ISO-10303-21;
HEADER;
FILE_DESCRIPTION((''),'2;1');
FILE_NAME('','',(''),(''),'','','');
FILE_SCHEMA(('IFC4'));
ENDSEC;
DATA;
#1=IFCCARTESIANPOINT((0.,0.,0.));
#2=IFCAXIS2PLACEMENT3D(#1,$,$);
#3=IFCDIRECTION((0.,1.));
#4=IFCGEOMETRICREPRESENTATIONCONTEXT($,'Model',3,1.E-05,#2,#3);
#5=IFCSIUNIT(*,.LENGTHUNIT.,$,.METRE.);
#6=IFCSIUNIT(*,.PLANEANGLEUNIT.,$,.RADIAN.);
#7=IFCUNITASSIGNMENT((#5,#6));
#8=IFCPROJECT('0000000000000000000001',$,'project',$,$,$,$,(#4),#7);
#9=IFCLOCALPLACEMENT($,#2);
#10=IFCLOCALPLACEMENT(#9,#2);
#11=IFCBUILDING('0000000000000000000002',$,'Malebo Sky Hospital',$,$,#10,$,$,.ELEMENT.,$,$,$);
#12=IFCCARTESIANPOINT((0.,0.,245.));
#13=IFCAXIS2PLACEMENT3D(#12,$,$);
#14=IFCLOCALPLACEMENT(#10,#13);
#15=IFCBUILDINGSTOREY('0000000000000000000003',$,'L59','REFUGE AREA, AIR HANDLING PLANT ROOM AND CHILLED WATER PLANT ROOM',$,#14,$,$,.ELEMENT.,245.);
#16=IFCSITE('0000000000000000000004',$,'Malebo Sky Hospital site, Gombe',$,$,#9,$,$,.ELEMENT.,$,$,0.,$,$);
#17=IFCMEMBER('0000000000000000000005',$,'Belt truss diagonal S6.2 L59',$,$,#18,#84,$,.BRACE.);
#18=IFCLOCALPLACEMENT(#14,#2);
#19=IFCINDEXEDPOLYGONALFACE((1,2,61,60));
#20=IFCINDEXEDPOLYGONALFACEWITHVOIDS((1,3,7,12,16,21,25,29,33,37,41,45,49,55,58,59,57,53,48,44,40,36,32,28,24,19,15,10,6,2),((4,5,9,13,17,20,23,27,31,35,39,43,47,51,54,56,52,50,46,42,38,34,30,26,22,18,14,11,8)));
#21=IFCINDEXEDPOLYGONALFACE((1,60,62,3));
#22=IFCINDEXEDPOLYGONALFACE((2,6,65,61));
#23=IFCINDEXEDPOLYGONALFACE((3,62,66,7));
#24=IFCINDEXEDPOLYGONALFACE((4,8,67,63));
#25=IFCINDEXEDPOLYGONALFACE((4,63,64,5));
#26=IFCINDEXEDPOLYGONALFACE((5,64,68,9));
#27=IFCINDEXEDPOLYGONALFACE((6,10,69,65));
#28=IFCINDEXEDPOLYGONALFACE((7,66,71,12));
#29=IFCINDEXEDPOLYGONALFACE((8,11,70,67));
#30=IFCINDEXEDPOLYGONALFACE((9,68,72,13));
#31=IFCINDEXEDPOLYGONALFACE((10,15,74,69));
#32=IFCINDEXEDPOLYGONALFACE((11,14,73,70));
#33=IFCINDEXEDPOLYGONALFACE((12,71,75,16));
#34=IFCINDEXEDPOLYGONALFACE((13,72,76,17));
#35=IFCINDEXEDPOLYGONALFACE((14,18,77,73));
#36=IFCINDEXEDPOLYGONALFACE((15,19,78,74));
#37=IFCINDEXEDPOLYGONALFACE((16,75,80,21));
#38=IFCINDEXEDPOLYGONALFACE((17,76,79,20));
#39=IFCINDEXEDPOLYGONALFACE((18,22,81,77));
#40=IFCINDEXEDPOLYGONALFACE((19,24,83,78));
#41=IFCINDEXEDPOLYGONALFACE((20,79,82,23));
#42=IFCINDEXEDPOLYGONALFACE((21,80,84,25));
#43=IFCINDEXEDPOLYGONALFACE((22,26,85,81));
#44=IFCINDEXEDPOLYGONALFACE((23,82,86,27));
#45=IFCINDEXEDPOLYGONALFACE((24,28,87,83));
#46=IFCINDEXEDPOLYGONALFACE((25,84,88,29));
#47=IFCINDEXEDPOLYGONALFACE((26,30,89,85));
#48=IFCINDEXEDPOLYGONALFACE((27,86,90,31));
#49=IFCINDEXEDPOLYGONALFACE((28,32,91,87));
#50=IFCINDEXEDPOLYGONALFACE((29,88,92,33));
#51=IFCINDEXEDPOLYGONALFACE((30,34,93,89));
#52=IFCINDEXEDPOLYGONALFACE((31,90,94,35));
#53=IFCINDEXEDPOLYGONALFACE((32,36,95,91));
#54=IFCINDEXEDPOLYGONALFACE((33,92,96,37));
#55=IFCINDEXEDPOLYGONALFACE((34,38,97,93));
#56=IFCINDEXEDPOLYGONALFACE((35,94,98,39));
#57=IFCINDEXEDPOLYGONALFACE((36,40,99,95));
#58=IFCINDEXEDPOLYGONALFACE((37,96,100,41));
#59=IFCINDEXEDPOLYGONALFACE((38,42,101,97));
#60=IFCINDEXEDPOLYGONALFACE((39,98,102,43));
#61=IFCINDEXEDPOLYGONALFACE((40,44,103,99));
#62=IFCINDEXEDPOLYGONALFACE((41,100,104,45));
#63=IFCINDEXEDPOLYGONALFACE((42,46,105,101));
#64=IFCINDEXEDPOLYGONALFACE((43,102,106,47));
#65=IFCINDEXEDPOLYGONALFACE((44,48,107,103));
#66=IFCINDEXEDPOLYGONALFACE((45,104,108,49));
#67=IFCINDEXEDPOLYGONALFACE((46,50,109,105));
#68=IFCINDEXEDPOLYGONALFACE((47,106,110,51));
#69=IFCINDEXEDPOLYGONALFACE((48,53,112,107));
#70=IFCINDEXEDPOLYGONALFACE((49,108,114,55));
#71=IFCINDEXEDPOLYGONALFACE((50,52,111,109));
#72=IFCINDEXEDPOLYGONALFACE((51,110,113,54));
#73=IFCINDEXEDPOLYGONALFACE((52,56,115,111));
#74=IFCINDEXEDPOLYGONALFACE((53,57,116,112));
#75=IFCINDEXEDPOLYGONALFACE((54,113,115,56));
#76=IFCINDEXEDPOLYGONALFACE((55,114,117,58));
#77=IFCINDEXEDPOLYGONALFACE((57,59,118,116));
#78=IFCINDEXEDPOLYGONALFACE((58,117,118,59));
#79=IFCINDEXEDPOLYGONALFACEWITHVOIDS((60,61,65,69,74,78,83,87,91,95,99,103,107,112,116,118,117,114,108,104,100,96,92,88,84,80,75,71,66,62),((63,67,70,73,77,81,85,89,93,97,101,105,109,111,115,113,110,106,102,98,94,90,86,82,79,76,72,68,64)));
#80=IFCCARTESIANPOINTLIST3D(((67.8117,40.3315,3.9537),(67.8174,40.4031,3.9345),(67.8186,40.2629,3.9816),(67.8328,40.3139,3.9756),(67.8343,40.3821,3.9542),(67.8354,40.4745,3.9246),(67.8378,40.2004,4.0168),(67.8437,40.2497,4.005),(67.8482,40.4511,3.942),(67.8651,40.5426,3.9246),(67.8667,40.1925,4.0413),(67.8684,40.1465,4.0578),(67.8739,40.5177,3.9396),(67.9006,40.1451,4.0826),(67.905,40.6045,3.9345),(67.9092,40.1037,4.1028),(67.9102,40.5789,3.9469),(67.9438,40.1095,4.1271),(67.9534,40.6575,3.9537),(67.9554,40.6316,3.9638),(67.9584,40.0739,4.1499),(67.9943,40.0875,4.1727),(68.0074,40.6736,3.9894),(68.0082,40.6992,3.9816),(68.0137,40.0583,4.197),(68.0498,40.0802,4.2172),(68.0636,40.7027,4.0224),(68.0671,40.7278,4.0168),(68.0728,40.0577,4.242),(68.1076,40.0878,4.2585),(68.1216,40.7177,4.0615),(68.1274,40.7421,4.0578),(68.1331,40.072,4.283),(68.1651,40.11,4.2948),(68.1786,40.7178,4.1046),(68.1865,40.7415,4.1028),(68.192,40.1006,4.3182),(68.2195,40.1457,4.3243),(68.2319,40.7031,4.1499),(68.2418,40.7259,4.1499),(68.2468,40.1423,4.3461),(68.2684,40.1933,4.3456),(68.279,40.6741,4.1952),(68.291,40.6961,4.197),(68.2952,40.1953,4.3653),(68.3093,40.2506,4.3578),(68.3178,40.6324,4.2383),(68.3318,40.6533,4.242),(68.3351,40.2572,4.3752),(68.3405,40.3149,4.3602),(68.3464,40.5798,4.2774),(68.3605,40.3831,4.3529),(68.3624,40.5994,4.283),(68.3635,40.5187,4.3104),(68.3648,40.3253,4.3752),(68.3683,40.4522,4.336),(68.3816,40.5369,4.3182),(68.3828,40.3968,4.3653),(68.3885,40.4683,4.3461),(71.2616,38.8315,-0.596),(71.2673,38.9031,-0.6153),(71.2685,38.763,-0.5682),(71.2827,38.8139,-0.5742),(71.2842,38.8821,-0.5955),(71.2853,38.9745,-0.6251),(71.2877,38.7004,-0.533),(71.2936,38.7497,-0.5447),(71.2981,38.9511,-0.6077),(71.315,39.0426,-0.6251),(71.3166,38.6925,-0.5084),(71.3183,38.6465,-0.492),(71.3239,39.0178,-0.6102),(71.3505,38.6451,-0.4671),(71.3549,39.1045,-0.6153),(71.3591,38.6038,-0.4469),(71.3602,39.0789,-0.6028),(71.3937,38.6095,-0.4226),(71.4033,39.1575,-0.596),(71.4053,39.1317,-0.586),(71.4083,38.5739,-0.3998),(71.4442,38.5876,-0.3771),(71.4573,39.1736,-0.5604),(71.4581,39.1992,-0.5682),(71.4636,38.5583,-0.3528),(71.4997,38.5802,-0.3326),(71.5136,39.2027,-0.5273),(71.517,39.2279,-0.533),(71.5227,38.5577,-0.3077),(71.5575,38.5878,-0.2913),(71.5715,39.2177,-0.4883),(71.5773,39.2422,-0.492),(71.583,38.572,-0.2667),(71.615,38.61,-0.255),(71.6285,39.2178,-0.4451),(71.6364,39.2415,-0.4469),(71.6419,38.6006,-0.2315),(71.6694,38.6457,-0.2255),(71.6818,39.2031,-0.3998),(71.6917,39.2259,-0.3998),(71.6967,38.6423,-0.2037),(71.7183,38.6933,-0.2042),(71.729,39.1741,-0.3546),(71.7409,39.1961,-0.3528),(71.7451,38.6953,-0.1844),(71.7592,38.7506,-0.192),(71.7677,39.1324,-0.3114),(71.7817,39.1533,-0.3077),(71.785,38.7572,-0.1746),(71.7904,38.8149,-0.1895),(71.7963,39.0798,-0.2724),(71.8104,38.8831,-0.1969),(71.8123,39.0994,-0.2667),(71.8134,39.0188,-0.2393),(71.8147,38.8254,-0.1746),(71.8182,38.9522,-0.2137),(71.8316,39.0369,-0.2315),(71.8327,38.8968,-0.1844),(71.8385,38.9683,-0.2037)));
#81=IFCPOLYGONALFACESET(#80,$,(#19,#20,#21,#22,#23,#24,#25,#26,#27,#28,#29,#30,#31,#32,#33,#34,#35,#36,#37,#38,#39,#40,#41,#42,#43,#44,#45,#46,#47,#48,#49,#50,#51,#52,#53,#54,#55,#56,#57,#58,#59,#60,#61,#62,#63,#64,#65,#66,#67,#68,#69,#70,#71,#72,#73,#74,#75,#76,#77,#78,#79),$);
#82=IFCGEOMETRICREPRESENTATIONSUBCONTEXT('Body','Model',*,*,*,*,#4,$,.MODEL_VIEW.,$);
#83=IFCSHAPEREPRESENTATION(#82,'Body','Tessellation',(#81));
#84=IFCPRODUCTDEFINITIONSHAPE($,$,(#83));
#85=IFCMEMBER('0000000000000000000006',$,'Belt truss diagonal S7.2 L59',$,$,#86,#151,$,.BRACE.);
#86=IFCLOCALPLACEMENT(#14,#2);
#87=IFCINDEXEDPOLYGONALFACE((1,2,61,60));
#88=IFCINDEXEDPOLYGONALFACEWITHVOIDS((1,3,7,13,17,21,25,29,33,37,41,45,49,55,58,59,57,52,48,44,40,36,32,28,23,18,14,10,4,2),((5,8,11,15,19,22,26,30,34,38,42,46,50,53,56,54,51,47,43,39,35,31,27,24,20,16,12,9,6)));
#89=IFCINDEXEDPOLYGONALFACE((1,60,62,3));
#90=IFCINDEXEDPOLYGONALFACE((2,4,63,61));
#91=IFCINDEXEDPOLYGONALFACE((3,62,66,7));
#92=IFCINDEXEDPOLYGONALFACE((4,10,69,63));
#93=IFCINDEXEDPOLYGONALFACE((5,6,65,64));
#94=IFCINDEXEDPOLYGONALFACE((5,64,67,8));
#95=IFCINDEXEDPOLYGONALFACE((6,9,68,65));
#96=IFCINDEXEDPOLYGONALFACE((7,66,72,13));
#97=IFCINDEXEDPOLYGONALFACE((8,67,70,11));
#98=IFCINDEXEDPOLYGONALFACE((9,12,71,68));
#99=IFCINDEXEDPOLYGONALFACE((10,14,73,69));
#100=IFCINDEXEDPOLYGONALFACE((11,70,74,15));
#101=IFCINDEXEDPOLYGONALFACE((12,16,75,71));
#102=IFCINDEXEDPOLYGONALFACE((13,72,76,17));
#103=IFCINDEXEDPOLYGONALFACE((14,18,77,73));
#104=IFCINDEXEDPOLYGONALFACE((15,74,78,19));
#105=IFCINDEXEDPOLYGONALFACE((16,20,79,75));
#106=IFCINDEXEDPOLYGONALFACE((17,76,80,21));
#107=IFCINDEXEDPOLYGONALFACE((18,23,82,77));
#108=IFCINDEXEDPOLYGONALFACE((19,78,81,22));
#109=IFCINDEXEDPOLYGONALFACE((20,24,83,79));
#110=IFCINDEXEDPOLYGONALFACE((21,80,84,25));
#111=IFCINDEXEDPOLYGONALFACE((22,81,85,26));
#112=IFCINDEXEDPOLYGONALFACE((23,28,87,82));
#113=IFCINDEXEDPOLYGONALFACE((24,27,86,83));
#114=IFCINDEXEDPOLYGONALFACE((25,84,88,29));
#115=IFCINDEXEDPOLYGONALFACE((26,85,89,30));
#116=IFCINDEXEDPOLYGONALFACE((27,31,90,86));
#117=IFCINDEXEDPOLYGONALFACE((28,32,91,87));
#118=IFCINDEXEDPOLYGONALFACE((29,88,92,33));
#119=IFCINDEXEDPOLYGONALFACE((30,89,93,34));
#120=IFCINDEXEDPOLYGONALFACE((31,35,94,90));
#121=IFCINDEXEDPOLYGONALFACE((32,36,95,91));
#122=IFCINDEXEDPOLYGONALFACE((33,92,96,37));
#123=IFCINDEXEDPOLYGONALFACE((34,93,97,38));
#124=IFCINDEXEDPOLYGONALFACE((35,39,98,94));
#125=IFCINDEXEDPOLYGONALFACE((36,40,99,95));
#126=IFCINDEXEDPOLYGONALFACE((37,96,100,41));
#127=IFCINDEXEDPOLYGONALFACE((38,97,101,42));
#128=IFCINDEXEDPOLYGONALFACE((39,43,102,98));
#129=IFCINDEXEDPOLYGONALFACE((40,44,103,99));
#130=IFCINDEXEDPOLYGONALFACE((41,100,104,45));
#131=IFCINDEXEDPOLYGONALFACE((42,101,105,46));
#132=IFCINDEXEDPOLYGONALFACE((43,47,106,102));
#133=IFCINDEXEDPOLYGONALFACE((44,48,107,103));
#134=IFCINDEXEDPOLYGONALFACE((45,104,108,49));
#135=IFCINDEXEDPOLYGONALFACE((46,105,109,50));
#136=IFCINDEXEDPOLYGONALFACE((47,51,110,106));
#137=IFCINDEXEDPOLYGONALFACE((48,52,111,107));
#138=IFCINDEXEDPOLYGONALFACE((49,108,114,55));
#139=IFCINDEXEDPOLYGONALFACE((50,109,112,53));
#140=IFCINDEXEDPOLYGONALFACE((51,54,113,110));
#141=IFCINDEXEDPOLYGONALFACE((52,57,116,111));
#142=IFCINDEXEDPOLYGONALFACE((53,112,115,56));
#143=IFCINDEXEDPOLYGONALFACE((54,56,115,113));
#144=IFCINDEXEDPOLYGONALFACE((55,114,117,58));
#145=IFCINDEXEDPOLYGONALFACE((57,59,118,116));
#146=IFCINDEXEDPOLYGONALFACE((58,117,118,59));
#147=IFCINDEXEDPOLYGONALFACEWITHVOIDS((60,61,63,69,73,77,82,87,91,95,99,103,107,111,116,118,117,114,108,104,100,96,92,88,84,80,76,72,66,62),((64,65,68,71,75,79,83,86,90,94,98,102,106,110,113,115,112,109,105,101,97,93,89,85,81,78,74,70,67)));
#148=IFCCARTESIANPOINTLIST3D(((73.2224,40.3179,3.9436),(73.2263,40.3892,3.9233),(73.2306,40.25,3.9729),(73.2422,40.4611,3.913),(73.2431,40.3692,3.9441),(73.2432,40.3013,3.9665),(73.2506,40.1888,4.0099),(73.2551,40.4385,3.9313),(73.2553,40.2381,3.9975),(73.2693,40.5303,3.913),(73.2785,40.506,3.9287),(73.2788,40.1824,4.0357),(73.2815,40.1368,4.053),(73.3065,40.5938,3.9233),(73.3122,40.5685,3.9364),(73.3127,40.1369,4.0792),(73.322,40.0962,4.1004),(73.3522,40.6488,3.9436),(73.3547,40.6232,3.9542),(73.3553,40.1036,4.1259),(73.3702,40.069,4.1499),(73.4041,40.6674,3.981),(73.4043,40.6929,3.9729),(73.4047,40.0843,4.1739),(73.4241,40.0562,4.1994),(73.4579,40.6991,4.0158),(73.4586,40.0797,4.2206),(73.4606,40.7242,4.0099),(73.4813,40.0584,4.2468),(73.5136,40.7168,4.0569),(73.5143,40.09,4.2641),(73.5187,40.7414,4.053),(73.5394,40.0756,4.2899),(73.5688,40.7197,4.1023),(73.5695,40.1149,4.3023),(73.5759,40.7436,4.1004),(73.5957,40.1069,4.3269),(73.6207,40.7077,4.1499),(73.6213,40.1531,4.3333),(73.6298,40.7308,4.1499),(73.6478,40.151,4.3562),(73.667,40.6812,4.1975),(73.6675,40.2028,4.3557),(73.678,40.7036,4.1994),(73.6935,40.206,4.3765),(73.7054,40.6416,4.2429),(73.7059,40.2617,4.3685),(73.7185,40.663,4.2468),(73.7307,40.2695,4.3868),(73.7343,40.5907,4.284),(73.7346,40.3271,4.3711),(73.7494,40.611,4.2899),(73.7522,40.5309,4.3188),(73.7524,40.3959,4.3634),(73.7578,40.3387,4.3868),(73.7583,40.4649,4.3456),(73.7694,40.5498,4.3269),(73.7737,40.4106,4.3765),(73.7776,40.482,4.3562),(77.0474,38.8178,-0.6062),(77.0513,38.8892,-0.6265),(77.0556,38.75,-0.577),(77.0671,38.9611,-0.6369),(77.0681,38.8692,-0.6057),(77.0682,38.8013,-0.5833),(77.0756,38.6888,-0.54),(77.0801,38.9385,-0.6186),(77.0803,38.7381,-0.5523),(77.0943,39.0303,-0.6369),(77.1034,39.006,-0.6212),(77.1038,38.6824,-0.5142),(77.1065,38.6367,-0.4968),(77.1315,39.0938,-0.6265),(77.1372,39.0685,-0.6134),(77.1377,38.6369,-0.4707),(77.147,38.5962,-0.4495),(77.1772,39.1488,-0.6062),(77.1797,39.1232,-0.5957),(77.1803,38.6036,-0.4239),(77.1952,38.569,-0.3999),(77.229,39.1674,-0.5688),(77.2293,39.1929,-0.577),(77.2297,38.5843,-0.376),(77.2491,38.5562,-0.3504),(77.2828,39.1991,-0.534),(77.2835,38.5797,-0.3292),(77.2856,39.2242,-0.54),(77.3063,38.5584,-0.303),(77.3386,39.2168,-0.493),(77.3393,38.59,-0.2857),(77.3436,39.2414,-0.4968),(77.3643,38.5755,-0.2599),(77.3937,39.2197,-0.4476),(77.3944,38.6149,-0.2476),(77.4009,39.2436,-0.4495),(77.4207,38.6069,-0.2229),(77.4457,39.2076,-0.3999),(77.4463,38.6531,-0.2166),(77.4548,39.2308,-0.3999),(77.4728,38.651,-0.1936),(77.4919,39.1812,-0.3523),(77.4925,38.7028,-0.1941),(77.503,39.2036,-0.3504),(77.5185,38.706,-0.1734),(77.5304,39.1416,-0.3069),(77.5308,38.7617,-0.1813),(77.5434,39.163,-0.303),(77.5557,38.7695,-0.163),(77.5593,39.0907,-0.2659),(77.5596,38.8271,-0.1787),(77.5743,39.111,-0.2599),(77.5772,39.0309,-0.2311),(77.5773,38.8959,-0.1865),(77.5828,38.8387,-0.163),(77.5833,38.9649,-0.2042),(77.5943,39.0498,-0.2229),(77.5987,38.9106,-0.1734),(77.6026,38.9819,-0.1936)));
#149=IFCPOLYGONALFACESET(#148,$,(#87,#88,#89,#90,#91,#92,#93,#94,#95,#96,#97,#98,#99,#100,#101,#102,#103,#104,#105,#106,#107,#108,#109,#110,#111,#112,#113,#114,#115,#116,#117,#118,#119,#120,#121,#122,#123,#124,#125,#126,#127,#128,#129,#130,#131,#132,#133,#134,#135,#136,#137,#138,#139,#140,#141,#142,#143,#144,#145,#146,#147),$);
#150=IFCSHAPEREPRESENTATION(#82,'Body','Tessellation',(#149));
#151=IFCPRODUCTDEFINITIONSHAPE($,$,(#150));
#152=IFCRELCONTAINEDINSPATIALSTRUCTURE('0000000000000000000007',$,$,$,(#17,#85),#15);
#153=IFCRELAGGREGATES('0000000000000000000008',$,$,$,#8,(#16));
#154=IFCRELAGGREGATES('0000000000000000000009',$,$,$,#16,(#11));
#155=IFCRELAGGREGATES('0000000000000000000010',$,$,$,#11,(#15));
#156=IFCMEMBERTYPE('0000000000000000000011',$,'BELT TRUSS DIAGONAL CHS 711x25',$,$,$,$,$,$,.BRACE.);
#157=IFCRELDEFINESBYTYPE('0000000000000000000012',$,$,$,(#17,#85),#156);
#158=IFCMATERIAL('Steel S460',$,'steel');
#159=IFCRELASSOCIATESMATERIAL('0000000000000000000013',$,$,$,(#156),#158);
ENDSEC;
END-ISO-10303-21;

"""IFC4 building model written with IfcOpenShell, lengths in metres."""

from ifc_helpers import new_model, si_unit, direction, frame, origin, origin_2d, place, context, subcontext, project, spatial, hollow_circle, extrude, material, material_profile, profile_set, type_object, element, save


model = new_model("IFC4")

# Units and contexts
model_context = context("Model", 3, precision=1e-05, world=origin(), true_north=direction((0.0, 1.0)))
body_context = subcontext(model_context, "Body", "Model", "MODEL_VIEW")
ifc_project = project(units=[si_unit("LENGTHUNIT", "METRE"), si_unit("PLANEANGLEUNIT", "RADIAN")], contexts=[model_context])

# Site, building, storey
site_placement = place(None, origin())
site = spatial("IfcSite", under=ifc_project, at=site_placement, Name="Malebo Sky Hospital site, Gombe", CompositionType="ELEMENT", RefElevation=0.0)
building_placement = place(site_placement, origin())
building = spatial("IfcBuilding", under=site, at=building_placement, Name="Malebo Sky Hospital", CompositionType="ELEMENT")
storey_placement = place(building_placement, frame((0.0, 0.0, 245.0)))
storey = spatial("IfcBuildingStorey", under=building, at=storey_placement, Name="L59", Description="REFUGE AREA, AIR HANDLING PLANT ROOM AND CHILLED WATER PLANT ROOM", CompositionType="ELEMENT", Elevation=245.0)

# Members
ifc_material_1 = material(Name="Steel S460", Category="steel")
ifc_material_profile_1 = material_profile(ifc_material_1, hollow_circle(Radius=0.3555, WallThickness=0.0249, at=origin_2d()), Name="CHS 711x25")
ifc_profile_set_1 = profile_set([ifc_material_profile_1], Name="Steel S460")
member_type_1 = type_object("IfcMemberType", Name="BELT TRUSS DIAGONAL CHS 711x25", PredefinedType="BRACE", material=ifc_profile_set_1)
member_1_placement = place(storey_placement, frame((68.1001, 40.3999, 4.1499), z_axis=(0.584378, -0.254081, -0.770679), x_axis=(0.398731, 0.917068, 0.0)))
element("IfcMember", 1, at=member_1_placement, inside=storey, type_object=member_type_1, Name="Belt truss diagonal S6.2 L59", PredefinedType="BRACE", context=body_context, shape_type="SweptSolid", body=[
    extrude(hollow_circle(Radius=0.3555, WallThickness=0.0249, at=origin_2d()), origin(), (0.0, 0.0, 1.0), 5.9036),
])
member_2_placement = place(storey_placement, frame((73.5, 40.3999, 4.1499), z_axis=(0.623939, -0.244685, -0.742179), x_axis=(0.365092, 0.930972, 0.0)))
element("IfcMember", 2, at=member_2_placement, inside=storey, type_object=member_type_1, Name="Belt truss diagonal S7.2 L59", PredefinedType="BRACE", context=body_context, shape_type="SweptSolid", body=[
    extrude(hollow_circle(Radius=0.3555, WallThickness=0.0249, at=origin_2d()), origin(), (0.0, 0.0, 1.0), 6.1304),
])

save(model, "model.ifc")
